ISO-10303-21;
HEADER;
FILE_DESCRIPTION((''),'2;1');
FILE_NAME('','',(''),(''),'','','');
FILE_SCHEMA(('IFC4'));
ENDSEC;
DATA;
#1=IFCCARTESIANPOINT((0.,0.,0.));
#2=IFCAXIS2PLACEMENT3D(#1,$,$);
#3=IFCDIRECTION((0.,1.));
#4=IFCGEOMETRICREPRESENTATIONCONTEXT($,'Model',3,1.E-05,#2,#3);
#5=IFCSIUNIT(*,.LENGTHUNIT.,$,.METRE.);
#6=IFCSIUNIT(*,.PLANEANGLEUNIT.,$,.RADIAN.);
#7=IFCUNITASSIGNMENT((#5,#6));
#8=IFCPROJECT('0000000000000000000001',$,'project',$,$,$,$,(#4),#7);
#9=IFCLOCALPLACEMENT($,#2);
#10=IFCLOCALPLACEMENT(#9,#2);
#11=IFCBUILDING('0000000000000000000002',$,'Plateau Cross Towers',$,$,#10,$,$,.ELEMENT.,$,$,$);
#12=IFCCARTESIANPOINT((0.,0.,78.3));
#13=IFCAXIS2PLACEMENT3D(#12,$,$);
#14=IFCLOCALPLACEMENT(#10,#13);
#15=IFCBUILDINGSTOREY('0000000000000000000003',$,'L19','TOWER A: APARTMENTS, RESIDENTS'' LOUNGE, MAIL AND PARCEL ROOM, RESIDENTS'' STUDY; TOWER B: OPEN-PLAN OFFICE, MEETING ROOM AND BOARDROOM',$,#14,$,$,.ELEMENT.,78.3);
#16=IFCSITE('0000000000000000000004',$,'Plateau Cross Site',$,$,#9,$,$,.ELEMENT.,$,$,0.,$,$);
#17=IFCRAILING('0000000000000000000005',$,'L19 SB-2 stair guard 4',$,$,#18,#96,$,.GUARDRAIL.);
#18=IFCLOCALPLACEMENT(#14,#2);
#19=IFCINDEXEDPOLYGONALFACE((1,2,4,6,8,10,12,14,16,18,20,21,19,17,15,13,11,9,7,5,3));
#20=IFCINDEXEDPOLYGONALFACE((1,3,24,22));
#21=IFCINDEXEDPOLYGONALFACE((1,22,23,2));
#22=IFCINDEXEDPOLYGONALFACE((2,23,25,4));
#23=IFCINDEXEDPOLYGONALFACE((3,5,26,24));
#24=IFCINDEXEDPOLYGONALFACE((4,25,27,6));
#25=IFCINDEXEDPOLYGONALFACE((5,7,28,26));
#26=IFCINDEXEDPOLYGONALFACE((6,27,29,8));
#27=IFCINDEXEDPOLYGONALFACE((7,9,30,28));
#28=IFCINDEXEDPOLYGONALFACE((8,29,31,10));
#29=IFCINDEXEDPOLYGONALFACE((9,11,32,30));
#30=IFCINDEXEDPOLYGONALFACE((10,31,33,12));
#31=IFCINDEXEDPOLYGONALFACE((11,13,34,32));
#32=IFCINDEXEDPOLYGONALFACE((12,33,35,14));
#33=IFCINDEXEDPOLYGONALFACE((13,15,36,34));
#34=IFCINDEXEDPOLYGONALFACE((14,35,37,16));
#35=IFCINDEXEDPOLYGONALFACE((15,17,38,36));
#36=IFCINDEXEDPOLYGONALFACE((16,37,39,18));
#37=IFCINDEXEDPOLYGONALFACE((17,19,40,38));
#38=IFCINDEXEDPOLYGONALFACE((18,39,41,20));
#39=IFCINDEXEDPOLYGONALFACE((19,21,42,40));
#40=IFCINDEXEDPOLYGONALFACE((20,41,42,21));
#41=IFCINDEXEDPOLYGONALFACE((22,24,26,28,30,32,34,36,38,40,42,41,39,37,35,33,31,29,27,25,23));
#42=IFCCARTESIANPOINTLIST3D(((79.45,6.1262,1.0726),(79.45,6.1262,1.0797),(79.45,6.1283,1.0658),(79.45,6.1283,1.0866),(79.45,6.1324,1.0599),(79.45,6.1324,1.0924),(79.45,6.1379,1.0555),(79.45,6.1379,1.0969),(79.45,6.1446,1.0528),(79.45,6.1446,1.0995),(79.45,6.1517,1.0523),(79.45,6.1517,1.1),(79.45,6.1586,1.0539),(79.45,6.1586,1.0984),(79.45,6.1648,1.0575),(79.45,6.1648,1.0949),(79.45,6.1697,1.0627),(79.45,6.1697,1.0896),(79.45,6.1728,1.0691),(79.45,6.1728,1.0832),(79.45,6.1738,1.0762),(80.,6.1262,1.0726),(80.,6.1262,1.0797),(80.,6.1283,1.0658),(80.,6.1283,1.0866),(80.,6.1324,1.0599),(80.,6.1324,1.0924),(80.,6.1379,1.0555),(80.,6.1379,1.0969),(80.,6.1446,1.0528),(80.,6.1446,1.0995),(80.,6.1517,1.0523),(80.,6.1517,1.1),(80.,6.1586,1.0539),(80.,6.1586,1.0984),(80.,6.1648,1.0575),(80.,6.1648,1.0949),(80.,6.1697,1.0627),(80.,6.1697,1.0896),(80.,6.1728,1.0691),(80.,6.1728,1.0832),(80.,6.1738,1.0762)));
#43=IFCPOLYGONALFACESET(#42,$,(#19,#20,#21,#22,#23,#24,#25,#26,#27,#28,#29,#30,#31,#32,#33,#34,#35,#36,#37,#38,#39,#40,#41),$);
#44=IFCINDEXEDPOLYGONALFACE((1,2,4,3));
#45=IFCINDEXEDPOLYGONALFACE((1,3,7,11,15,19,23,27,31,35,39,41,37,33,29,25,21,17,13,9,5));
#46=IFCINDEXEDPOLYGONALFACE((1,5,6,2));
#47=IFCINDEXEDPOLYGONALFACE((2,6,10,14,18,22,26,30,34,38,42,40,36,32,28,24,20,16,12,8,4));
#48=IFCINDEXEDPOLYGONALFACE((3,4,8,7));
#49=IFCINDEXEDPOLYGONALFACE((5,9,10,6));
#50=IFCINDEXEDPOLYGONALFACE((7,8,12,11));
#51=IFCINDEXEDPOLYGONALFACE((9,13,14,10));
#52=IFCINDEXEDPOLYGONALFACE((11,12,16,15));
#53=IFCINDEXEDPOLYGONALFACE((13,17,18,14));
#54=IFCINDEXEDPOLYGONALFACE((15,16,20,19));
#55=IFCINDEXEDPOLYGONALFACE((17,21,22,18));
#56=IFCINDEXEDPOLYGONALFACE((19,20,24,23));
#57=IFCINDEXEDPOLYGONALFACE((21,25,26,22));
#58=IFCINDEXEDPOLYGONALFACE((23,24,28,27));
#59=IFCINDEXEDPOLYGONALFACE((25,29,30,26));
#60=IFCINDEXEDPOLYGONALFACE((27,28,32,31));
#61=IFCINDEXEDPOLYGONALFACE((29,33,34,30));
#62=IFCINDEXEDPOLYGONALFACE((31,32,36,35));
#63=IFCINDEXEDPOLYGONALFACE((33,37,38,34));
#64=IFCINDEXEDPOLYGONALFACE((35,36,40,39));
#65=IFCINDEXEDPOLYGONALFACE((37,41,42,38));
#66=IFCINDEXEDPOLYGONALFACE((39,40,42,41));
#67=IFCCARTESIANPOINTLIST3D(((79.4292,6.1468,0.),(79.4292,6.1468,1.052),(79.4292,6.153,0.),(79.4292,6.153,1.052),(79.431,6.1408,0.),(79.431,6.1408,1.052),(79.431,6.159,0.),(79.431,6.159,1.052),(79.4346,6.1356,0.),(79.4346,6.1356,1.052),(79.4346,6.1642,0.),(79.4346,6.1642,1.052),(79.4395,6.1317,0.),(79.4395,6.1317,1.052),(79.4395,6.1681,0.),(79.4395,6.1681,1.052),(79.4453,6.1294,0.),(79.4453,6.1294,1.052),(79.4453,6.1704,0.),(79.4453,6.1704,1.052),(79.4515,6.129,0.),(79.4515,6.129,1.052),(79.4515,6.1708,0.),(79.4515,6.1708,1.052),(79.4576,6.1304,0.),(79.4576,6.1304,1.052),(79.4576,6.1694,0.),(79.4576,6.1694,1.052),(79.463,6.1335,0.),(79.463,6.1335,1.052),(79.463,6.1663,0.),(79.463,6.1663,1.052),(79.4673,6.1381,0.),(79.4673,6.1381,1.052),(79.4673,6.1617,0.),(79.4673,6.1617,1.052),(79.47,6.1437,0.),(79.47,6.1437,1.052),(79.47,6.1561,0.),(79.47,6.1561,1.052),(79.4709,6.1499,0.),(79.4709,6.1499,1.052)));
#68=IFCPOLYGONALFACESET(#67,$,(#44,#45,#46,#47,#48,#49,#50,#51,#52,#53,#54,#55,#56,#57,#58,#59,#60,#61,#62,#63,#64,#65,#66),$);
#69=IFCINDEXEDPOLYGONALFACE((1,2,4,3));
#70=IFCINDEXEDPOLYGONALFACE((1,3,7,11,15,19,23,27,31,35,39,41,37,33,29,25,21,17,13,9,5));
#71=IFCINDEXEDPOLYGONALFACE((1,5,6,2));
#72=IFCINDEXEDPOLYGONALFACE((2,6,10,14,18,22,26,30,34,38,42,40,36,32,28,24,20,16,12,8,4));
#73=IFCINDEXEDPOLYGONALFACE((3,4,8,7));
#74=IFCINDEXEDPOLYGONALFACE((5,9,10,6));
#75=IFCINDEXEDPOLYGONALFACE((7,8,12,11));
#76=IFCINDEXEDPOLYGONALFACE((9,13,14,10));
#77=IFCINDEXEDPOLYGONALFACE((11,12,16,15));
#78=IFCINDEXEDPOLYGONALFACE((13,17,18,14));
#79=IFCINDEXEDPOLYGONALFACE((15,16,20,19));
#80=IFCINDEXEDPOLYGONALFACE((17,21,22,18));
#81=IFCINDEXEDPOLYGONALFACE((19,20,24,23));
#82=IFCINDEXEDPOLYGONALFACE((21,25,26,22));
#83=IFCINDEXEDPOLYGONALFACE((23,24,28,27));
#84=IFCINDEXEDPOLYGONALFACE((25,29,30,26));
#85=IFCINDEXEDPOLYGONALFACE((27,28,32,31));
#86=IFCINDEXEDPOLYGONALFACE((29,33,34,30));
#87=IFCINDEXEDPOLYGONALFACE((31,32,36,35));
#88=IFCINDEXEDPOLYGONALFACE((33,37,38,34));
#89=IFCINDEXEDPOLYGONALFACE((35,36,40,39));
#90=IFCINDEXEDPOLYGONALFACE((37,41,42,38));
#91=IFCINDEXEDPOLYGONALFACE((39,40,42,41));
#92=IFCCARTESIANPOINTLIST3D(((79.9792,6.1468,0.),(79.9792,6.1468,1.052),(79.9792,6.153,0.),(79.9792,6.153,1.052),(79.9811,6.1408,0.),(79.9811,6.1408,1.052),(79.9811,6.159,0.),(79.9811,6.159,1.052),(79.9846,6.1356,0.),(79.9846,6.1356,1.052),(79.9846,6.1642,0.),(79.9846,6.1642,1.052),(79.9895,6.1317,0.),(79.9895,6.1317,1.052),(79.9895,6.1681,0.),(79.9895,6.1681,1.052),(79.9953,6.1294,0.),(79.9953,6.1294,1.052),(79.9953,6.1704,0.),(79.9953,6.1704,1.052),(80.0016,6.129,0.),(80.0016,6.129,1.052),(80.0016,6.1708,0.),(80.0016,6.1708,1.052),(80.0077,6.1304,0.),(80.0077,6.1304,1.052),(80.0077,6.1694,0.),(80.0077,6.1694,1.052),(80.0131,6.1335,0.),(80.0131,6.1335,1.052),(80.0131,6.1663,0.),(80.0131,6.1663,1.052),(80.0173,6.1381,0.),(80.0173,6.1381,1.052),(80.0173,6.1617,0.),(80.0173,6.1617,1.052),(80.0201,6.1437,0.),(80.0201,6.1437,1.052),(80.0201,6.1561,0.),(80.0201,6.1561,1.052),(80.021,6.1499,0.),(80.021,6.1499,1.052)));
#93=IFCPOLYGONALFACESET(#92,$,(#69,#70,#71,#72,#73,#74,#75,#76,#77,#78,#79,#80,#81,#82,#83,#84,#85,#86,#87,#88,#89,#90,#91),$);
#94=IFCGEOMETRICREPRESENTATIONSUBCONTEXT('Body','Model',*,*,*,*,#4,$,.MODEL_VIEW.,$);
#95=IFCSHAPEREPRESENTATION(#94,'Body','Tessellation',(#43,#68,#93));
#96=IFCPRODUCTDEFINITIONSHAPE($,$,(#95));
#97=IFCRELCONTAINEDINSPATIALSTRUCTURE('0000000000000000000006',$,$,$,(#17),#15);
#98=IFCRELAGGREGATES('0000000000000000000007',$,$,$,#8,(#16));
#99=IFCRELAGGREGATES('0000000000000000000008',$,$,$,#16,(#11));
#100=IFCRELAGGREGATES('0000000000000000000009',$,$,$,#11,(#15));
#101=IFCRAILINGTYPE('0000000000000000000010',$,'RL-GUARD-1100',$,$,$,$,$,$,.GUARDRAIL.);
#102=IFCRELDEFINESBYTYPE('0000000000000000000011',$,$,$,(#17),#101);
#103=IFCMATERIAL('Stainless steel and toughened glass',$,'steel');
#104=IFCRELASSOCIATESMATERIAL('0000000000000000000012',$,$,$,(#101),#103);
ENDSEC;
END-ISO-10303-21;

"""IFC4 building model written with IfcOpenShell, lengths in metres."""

from ifc_helpers import new_model, si_unit, direction, frame, origin, origin_2d, place, context, subcontext, project, spatial, circle, extrude, material, type_object, element, save


model = new_model("IFC4")

# Units and contexts
model_context = context("Model", 3, precision=1e-05, world=origin(), true_north=direction((0.0, 1.0)))
body_context = subcontext(model_context, "Body", "Model", "MODEL_VIEW")
ifc_project = project(units=[si_unit("LENGTHUNIT", "METRE"), si_unit("PLANEANGLEUNIT", "RADIAN")], contexts=[model_context])

# Site, building, storey
site_placement = place(None, origin())
site = spatial("IfcSite", under=ifc_project, at=site_placement, Name="Plateau Cross Site", CompositionType="ELEMENT", RefElevation=0.0)
building_placement = place(site_placement, origin())
building = spatial("IfcBuilding", under=site, at=building_placement, Name="Plateau Cross Towers", CompositionType="ELEMENT")
storey_placement = place(building_placement, frame((0.0, 0.0, 78.3)))
storey = spatial("IfcBuildingStorey", under=building, at=storey_placement, Name="L19", Description="TOWER A: APARTMENTS, RESIDENTS' LOUNGE, MAIL AND PARCEL ROOM, RESIDENTS' STUDY; TOWER B: OPEN-PLAN OFFICE, MEETING ROOM AND BOARDROOM", CompositionType="ELEMENT", Elevation=78.3)

# Railing
ifc_material_1 = material(Name="Stainless steel and toughened glass", Category="steel")
railing_type = type_object("IfcRailingType", Name="RL-GUARD-1100", PredefinedType="GUARDRAIL", material=ifc_material_1)
railing_1_placement = place(storey_placement, frame((79.45, 6.1499, 0.0)))
element("IfcRailing", 1, at=railing_1_placement, inside=storey, type_object=railing_type, Name="L19 SB-2 stair guard 4", PredefinedType="GUARDRAIL", context=body_context, shape_type="SweptSolid", body=[
    extrude(circle(Radius=0.0239, at=origin_2d()), frame((0.0, 0.0, 1.0762), z_axis=(1.0, 0.0, 0.0), x_axis=(0.0, 1.0, 0.0)), (0.0, 0.0, 1.0), 0.55),
    extrude(circle(Radius=0.021, at=origin_2d()), origin(), (0.0, 0.0, 1.0), 1.052),
    extrude(circle(Radius=0.021, at=origin_2d()), frame((0.55, 0.0, 0.0)), (0.0, 0.0, 1.0), 1.052),
])

save(model, "model.ifc")
